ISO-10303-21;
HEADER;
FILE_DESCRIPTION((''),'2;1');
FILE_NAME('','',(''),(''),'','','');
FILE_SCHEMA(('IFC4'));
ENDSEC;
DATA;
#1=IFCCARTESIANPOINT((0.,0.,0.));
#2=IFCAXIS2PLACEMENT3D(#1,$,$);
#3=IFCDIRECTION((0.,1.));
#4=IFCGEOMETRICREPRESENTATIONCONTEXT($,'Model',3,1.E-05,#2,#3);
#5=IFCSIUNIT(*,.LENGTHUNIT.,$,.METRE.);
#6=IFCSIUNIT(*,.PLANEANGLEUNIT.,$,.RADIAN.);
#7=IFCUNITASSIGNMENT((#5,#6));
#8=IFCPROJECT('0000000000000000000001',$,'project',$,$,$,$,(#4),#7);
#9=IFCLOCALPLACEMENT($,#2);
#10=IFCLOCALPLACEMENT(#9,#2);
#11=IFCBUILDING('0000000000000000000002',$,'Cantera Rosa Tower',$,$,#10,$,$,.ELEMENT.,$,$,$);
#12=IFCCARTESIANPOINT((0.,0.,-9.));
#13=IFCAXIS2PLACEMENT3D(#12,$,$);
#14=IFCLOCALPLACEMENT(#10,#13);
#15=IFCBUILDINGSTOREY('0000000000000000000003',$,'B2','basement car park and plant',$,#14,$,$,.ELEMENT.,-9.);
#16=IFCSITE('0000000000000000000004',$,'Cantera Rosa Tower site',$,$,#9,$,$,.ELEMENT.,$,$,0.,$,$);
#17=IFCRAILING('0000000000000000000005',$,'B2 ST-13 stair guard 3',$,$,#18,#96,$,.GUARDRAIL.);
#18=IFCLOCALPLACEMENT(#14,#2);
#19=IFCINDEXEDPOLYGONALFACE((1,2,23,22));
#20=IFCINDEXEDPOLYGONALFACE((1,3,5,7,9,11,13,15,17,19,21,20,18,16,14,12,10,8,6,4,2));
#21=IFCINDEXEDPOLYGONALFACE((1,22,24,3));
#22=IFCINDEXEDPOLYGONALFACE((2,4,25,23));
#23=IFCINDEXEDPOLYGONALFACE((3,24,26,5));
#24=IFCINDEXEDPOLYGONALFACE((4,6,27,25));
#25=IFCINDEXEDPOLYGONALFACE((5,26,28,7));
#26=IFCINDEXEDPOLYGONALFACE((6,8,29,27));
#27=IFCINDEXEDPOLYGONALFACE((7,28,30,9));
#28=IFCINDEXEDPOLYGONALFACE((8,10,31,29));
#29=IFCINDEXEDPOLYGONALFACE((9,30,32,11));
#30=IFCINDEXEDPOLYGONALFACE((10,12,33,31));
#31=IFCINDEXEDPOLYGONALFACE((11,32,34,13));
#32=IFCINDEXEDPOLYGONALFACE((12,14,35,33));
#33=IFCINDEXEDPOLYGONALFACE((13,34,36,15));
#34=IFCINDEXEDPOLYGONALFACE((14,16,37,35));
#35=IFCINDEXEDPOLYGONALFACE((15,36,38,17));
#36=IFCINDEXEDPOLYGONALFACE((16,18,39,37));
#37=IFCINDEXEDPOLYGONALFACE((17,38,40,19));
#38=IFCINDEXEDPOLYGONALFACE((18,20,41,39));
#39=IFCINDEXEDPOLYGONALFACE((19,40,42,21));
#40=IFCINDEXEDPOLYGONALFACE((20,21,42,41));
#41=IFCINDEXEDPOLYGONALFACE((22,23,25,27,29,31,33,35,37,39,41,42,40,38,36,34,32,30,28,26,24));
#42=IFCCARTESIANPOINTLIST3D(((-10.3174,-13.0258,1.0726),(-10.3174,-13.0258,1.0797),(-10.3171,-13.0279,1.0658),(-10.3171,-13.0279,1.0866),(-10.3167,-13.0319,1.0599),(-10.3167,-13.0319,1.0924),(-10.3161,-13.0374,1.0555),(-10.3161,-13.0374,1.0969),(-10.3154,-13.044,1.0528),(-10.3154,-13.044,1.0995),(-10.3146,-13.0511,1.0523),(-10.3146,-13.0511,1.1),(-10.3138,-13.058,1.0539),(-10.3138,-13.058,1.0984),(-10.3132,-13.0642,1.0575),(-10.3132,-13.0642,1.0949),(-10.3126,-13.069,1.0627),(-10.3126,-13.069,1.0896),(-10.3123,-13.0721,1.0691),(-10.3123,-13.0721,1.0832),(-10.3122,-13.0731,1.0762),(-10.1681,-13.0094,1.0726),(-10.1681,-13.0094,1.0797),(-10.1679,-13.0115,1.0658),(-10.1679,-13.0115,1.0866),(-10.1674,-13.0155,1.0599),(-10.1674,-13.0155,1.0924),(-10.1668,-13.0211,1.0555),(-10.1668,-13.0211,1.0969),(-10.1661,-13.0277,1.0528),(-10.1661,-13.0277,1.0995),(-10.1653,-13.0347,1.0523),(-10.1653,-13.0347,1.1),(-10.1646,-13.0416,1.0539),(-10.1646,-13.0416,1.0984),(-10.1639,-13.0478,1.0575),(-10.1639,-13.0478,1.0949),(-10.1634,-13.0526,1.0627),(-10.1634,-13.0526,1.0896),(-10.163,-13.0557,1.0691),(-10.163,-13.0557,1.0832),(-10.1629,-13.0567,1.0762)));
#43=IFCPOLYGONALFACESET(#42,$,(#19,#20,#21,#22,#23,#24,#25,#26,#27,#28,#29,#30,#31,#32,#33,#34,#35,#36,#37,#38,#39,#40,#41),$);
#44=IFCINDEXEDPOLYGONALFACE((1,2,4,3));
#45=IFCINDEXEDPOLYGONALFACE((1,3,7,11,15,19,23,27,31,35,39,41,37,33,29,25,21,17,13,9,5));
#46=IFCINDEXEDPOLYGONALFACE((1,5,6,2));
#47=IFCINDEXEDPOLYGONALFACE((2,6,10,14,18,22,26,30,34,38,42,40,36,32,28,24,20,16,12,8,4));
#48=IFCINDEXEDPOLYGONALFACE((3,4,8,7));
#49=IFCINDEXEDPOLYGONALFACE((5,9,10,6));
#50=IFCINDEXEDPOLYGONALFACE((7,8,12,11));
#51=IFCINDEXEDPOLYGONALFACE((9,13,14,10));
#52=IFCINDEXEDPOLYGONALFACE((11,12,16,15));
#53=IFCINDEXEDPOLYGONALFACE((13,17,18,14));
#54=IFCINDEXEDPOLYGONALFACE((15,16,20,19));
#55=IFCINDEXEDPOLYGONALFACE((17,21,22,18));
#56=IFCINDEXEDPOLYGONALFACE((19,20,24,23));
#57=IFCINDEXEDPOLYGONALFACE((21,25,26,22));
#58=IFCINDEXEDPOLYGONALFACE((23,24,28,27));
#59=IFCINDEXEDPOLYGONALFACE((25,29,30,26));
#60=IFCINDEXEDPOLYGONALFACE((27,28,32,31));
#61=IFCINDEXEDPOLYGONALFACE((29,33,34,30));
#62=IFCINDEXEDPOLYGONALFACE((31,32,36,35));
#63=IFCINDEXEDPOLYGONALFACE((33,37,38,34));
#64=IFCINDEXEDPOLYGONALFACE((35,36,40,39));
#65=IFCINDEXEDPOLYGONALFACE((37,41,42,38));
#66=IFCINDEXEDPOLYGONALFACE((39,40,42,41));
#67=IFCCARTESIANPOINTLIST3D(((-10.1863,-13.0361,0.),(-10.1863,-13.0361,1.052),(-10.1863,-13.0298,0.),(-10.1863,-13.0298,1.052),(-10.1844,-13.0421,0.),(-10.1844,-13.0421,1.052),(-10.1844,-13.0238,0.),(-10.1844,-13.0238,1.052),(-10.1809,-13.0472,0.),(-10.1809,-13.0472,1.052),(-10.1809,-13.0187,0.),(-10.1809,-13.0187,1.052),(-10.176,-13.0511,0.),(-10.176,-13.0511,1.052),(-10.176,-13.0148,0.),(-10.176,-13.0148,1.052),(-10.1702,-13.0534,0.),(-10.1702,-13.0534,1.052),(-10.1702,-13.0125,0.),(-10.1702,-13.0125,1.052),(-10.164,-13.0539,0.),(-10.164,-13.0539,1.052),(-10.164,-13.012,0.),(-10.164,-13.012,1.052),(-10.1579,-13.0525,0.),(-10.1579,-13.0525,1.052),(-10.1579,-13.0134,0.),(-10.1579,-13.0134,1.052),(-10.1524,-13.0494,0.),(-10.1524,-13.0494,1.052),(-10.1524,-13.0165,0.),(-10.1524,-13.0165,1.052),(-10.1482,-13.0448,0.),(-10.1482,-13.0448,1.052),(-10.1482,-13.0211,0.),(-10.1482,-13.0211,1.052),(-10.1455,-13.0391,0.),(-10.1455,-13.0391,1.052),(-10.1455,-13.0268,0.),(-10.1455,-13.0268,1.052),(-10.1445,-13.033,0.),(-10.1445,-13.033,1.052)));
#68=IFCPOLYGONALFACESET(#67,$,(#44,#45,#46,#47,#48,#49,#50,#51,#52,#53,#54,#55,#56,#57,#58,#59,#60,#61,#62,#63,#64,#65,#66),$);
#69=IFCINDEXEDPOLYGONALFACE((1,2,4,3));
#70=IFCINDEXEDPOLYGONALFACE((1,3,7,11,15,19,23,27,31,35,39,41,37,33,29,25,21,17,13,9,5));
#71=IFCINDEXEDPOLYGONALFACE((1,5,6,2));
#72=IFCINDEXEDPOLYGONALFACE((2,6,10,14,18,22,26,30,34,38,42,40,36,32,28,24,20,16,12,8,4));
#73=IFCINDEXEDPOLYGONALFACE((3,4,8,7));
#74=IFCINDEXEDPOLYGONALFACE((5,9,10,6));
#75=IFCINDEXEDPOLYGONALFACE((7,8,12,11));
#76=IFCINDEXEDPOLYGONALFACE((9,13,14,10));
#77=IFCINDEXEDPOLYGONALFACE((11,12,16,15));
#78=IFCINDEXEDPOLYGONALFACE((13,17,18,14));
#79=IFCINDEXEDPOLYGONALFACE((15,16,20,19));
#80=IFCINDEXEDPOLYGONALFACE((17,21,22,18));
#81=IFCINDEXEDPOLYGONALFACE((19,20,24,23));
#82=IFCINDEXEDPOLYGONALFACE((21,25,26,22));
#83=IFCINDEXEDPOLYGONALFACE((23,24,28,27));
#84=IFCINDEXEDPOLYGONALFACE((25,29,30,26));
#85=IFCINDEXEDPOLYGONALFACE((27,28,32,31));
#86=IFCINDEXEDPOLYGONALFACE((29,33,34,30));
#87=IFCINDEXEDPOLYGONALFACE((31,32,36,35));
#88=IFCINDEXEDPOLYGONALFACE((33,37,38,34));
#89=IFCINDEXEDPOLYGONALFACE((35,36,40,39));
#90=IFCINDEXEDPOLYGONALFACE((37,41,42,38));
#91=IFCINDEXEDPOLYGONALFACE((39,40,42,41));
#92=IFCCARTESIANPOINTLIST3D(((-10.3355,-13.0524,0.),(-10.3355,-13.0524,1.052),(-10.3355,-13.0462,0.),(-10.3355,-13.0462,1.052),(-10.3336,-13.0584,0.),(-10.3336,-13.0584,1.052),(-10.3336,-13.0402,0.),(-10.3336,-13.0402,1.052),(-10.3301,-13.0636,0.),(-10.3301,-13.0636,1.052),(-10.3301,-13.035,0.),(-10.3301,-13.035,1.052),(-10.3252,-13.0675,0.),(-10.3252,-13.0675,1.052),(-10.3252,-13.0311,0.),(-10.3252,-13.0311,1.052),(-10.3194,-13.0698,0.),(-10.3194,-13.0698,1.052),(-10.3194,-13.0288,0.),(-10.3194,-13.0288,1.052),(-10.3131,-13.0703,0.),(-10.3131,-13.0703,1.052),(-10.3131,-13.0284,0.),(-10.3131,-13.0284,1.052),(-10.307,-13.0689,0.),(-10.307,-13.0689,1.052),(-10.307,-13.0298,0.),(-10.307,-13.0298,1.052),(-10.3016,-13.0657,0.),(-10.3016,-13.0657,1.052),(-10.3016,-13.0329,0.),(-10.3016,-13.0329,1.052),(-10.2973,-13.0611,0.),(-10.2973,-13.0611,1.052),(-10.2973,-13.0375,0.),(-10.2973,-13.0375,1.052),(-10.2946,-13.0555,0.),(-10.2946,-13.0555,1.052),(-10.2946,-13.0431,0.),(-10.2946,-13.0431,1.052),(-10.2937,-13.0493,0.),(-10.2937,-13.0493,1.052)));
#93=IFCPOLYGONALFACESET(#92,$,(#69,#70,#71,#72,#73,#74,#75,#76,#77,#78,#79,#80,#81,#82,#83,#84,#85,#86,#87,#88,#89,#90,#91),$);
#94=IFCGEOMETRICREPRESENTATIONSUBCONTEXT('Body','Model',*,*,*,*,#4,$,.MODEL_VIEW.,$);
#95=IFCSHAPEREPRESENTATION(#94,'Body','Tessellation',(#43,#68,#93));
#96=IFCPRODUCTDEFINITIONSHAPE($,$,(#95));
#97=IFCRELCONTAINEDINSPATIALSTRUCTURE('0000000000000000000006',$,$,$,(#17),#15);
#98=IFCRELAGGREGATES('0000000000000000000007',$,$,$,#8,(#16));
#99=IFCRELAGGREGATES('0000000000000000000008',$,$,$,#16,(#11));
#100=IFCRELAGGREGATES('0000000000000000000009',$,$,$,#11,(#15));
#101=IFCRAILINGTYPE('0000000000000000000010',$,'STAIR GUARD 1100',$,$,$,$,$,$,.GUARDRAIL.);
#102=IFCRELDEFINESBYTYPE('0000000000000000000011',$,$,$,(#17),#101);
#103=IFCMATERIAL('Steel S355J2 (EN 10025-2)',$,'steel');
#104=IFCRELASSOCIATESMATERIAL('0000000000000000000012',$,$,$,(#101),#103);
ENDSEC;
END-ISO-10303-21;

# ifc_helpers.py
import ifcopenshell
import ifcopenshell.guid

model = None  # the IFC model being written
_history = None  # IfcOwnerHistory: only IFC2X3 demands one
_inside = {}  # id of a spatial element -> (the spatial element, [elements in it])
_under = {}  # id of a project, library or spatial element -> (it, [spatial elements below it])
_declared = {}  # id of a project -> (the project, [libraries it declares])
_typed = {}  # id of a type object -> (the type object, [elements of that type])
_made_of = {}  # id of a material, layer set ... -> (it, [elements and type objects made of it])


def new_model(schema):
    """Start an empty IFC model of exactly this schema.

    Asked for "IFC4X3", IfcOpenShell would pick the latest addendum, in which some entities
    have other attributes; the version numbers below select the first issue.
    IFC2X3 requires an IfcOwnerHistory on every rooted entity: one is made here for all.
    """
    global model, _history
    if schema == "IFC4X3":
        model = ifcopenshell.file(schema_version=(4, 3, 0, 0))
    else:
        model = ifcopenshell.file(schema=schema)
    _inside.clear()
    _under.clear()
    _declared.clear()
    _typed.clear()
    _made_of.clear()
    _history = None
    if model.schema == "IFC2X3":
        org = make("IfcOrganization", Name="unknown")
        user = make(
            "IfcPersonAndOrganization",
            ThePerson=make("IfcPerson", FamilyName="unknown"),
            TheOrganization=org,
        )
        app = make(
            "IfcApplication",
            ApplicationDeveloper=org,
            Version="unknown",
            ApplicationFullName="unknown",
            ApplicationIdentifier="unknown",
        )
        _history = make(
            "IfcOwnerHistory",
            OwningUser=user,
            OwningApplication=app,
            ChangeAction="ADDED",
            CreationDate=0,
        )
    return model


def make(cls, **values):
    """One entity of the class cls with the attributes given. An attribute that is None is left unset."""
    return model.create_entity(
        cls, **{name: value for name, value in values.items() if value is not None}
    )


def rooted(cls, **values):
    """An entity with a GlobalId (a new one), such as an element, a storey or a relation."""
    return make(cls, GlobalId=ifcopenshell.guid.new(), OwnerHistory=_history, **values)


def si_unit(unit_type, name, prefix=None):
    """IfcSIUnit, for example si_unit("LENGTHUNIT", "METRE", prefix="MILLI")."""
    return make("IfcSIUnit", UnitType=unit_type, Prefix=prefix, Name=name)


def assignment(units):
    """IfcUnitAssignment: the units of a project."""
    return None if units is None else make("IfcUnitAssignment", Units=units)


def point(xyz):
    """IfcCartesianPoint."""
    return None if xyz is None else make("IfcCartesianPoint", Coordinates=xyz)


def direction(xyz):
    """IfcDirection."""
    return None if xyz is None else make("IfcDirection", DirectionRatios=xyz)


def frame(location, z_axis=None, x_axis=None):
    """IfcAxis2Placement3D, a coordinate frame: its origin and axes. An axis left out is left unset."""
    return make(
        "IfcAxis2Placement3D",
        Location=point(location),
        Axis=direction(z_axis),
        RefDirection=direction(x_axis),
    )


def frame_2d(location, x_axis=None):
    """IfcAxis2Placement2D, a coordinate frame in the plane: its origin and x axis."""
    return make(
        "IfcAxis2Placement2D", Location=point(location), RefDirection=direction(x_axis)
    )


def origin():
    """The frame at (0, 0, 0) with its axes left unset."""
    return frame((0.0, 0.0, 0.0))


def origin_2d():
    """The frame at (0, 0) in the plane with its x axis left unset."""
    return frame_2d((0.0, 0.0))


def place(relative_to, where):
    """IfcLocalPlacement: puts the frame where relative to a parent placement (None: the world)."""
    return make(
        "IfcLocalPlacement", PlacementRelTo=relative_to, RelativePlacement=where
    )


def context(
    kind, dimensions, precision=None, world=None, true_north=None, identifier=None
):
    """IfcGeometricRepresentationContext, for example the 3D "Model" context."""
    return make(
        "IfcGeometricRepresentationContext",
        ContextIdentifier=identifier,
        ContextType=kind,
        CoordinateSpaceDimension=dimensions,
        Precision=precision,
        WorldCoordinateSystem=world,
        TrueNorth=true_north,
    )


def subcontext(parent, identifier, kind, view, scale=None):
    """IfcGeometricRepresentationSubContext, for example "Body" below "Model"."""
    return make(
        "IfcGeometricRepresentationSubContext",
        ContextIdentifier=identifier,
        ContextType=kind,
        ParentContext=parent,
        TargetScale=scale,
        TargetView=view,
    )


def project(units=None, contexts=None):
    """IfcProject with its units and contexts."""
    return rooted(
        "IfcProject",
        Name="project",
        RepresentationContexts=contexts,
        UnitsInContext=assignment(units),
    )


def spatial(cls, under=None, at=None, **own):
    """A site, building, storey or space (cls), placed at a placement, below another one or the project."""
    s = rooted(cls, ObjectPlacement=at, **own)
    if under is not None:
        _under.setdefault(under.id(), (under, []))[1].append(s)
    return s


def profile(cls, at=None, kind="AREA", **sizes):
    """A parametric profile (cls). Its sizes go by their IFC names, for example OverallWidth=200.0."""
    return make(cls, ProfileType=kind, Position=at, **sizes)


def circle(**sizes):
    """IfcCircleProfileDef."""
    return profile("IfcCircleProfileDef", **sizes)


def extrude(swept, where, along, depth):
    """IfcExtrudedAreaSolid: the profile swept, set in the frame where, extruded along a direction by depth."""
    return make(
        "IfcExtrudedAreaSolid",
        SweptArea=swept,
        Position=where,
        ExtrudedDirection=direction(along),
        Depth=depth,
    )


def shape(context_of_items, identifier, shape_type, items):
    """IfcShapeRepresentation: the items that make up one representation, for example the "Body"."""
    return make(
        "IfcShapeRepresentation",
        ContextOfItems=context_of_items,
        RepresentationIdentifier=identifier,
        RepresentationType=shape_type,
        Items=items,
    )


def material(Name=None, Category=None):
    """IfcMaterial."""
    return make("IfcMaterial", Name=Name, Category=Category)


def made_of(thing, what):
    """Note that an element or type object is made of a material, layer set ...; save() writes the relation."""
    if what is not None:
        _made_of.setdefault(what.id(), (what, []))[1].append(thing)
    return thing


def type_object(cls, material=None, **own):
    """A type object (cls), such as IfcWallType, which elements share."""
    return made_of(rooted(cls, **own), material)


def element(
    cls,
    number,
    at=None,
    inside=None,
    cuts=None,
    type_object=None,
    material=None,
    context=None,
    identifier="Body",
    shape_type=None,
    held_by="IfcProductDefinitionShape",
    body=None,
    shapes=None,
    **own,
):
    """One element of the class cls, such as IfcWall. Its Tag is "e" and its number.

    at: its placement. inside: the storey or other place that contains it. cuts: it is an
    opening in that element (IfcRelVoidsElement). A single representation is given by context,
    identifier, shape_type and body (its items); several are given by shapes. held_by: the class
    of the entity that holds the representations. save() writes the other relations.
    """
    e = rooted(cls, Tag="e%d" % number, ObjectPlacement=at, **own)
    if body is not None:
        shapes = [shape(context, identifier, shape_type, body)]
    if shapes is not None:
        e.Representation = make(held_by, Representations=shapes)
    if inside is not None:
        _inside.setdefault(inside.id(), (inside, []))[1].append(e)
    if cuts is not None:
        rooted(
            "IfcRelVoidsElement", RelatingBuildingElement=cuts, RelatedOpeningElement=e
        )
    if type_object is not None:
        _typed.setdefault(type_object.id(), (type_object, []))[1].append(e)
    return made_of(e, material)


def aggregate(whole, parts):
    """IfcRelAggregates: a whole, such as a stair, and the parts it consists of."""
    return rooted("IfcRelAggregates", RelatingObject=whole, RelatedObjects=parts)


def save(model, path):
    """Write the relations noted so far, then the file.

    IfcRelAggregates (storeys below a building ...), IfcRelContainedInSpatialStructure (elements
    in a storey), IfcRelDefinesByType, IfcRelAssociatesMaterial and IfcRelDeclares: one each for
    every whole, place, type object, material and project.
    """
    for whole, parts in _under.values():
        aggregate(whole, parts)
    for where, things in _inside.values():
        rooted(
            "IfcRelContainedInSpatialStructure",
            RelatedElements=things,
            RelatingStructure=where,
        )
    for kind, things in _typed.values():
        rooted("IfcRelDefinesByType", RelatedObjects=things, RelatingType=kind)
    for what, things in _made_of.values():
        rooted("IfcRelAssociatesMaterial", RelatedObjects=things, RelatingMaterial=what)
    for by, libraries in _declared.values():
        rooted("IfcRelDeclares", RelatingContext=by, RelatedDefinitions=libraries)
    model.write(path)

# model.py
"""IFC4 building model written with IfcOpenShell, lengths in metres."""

from ifc_helpers import new_model, si_unit, direction, frame, origin, origin_2d, place, context, subcontext, project, spatial, circle, extrude, material, type_object, element, save


model = new_model("IFC4")

# Units and contexts
model_context = context("Model", 3, precision=1e-05, world=origin(), true_north=direction((0.0, 1.0)))
body_context = subcontext(model_context, "Body", "Model", "MODEL_VIEW")
ifc_project = project(units=[si_unit("LENGTHUNIT", "METRE"), si_unit("PLANEANGLEUNIT", "RADIAN")], contexts=[model_context])

# Site, building, storey
site_placement = place(None, origin())
site = spatial("IfcSite", under=ifc_project, at=site_placement, Name="Cantera Rosa Tower site", CompositionType="ELEMENT", RefElevation=0.0)
building_placement = place(site_placement, origin())
building = spatial("IfcBuilding", under=site, at=building_placement, Name="Cantera Rosa Tower", CompositionType="ELEMENT")
storey_placement = place(building_placement, frame((0.0, 0.0, -9.0)))
storey = spatial("IfcBuildingStorey", under=building, at=storey_placement, Name="B2", Description="basement car park and plant", CompositionType="ELEMENT", Elevation=-9.0)

# Railing
ifc_material_1 = material(Name="Steel S355J2 (EN 10025-2)", Category="steel")
railing_type_1 = type_object("IfcRailingType", Name="STAIR GUARD 1100", PredefinedType="GUARDRAIL", material=ifc_material_1)
railing_1_placement = place(storey_placement, frame((-10.1655, -13.033, 0.0)))
element("IfcRailing", 1, at=railing_1_placement, inside=storey, type_object=railing_type_1, Name="B2 ST-13 stair guard 3", PredefinedType="GUARDRAIL", context=body_context, shape_type="SweptSolid", body=[
    extrude(circle(Radius=0.0239, at=origin_2d()), frame((0.0, 0.0, 1.0762), z_axis=(-0.994041, -0.109003, 0.0), x_axis=(0.109003, -0.994041, 0.0)), (0.0, 0.0, 1.0), 0.1501),
    extrude(circle(Radius=0.021, at=origin_2d()), origin(), (0.0, 0.0, 1.0), 1.052),
    extrude(circle(Radius=0.021, at=origin_2d()), frame((-0.1492, -0.0164, 0.0)), (0.0, 0.0, 1.0), 1.052),
])

save(model, "model.ifc")
